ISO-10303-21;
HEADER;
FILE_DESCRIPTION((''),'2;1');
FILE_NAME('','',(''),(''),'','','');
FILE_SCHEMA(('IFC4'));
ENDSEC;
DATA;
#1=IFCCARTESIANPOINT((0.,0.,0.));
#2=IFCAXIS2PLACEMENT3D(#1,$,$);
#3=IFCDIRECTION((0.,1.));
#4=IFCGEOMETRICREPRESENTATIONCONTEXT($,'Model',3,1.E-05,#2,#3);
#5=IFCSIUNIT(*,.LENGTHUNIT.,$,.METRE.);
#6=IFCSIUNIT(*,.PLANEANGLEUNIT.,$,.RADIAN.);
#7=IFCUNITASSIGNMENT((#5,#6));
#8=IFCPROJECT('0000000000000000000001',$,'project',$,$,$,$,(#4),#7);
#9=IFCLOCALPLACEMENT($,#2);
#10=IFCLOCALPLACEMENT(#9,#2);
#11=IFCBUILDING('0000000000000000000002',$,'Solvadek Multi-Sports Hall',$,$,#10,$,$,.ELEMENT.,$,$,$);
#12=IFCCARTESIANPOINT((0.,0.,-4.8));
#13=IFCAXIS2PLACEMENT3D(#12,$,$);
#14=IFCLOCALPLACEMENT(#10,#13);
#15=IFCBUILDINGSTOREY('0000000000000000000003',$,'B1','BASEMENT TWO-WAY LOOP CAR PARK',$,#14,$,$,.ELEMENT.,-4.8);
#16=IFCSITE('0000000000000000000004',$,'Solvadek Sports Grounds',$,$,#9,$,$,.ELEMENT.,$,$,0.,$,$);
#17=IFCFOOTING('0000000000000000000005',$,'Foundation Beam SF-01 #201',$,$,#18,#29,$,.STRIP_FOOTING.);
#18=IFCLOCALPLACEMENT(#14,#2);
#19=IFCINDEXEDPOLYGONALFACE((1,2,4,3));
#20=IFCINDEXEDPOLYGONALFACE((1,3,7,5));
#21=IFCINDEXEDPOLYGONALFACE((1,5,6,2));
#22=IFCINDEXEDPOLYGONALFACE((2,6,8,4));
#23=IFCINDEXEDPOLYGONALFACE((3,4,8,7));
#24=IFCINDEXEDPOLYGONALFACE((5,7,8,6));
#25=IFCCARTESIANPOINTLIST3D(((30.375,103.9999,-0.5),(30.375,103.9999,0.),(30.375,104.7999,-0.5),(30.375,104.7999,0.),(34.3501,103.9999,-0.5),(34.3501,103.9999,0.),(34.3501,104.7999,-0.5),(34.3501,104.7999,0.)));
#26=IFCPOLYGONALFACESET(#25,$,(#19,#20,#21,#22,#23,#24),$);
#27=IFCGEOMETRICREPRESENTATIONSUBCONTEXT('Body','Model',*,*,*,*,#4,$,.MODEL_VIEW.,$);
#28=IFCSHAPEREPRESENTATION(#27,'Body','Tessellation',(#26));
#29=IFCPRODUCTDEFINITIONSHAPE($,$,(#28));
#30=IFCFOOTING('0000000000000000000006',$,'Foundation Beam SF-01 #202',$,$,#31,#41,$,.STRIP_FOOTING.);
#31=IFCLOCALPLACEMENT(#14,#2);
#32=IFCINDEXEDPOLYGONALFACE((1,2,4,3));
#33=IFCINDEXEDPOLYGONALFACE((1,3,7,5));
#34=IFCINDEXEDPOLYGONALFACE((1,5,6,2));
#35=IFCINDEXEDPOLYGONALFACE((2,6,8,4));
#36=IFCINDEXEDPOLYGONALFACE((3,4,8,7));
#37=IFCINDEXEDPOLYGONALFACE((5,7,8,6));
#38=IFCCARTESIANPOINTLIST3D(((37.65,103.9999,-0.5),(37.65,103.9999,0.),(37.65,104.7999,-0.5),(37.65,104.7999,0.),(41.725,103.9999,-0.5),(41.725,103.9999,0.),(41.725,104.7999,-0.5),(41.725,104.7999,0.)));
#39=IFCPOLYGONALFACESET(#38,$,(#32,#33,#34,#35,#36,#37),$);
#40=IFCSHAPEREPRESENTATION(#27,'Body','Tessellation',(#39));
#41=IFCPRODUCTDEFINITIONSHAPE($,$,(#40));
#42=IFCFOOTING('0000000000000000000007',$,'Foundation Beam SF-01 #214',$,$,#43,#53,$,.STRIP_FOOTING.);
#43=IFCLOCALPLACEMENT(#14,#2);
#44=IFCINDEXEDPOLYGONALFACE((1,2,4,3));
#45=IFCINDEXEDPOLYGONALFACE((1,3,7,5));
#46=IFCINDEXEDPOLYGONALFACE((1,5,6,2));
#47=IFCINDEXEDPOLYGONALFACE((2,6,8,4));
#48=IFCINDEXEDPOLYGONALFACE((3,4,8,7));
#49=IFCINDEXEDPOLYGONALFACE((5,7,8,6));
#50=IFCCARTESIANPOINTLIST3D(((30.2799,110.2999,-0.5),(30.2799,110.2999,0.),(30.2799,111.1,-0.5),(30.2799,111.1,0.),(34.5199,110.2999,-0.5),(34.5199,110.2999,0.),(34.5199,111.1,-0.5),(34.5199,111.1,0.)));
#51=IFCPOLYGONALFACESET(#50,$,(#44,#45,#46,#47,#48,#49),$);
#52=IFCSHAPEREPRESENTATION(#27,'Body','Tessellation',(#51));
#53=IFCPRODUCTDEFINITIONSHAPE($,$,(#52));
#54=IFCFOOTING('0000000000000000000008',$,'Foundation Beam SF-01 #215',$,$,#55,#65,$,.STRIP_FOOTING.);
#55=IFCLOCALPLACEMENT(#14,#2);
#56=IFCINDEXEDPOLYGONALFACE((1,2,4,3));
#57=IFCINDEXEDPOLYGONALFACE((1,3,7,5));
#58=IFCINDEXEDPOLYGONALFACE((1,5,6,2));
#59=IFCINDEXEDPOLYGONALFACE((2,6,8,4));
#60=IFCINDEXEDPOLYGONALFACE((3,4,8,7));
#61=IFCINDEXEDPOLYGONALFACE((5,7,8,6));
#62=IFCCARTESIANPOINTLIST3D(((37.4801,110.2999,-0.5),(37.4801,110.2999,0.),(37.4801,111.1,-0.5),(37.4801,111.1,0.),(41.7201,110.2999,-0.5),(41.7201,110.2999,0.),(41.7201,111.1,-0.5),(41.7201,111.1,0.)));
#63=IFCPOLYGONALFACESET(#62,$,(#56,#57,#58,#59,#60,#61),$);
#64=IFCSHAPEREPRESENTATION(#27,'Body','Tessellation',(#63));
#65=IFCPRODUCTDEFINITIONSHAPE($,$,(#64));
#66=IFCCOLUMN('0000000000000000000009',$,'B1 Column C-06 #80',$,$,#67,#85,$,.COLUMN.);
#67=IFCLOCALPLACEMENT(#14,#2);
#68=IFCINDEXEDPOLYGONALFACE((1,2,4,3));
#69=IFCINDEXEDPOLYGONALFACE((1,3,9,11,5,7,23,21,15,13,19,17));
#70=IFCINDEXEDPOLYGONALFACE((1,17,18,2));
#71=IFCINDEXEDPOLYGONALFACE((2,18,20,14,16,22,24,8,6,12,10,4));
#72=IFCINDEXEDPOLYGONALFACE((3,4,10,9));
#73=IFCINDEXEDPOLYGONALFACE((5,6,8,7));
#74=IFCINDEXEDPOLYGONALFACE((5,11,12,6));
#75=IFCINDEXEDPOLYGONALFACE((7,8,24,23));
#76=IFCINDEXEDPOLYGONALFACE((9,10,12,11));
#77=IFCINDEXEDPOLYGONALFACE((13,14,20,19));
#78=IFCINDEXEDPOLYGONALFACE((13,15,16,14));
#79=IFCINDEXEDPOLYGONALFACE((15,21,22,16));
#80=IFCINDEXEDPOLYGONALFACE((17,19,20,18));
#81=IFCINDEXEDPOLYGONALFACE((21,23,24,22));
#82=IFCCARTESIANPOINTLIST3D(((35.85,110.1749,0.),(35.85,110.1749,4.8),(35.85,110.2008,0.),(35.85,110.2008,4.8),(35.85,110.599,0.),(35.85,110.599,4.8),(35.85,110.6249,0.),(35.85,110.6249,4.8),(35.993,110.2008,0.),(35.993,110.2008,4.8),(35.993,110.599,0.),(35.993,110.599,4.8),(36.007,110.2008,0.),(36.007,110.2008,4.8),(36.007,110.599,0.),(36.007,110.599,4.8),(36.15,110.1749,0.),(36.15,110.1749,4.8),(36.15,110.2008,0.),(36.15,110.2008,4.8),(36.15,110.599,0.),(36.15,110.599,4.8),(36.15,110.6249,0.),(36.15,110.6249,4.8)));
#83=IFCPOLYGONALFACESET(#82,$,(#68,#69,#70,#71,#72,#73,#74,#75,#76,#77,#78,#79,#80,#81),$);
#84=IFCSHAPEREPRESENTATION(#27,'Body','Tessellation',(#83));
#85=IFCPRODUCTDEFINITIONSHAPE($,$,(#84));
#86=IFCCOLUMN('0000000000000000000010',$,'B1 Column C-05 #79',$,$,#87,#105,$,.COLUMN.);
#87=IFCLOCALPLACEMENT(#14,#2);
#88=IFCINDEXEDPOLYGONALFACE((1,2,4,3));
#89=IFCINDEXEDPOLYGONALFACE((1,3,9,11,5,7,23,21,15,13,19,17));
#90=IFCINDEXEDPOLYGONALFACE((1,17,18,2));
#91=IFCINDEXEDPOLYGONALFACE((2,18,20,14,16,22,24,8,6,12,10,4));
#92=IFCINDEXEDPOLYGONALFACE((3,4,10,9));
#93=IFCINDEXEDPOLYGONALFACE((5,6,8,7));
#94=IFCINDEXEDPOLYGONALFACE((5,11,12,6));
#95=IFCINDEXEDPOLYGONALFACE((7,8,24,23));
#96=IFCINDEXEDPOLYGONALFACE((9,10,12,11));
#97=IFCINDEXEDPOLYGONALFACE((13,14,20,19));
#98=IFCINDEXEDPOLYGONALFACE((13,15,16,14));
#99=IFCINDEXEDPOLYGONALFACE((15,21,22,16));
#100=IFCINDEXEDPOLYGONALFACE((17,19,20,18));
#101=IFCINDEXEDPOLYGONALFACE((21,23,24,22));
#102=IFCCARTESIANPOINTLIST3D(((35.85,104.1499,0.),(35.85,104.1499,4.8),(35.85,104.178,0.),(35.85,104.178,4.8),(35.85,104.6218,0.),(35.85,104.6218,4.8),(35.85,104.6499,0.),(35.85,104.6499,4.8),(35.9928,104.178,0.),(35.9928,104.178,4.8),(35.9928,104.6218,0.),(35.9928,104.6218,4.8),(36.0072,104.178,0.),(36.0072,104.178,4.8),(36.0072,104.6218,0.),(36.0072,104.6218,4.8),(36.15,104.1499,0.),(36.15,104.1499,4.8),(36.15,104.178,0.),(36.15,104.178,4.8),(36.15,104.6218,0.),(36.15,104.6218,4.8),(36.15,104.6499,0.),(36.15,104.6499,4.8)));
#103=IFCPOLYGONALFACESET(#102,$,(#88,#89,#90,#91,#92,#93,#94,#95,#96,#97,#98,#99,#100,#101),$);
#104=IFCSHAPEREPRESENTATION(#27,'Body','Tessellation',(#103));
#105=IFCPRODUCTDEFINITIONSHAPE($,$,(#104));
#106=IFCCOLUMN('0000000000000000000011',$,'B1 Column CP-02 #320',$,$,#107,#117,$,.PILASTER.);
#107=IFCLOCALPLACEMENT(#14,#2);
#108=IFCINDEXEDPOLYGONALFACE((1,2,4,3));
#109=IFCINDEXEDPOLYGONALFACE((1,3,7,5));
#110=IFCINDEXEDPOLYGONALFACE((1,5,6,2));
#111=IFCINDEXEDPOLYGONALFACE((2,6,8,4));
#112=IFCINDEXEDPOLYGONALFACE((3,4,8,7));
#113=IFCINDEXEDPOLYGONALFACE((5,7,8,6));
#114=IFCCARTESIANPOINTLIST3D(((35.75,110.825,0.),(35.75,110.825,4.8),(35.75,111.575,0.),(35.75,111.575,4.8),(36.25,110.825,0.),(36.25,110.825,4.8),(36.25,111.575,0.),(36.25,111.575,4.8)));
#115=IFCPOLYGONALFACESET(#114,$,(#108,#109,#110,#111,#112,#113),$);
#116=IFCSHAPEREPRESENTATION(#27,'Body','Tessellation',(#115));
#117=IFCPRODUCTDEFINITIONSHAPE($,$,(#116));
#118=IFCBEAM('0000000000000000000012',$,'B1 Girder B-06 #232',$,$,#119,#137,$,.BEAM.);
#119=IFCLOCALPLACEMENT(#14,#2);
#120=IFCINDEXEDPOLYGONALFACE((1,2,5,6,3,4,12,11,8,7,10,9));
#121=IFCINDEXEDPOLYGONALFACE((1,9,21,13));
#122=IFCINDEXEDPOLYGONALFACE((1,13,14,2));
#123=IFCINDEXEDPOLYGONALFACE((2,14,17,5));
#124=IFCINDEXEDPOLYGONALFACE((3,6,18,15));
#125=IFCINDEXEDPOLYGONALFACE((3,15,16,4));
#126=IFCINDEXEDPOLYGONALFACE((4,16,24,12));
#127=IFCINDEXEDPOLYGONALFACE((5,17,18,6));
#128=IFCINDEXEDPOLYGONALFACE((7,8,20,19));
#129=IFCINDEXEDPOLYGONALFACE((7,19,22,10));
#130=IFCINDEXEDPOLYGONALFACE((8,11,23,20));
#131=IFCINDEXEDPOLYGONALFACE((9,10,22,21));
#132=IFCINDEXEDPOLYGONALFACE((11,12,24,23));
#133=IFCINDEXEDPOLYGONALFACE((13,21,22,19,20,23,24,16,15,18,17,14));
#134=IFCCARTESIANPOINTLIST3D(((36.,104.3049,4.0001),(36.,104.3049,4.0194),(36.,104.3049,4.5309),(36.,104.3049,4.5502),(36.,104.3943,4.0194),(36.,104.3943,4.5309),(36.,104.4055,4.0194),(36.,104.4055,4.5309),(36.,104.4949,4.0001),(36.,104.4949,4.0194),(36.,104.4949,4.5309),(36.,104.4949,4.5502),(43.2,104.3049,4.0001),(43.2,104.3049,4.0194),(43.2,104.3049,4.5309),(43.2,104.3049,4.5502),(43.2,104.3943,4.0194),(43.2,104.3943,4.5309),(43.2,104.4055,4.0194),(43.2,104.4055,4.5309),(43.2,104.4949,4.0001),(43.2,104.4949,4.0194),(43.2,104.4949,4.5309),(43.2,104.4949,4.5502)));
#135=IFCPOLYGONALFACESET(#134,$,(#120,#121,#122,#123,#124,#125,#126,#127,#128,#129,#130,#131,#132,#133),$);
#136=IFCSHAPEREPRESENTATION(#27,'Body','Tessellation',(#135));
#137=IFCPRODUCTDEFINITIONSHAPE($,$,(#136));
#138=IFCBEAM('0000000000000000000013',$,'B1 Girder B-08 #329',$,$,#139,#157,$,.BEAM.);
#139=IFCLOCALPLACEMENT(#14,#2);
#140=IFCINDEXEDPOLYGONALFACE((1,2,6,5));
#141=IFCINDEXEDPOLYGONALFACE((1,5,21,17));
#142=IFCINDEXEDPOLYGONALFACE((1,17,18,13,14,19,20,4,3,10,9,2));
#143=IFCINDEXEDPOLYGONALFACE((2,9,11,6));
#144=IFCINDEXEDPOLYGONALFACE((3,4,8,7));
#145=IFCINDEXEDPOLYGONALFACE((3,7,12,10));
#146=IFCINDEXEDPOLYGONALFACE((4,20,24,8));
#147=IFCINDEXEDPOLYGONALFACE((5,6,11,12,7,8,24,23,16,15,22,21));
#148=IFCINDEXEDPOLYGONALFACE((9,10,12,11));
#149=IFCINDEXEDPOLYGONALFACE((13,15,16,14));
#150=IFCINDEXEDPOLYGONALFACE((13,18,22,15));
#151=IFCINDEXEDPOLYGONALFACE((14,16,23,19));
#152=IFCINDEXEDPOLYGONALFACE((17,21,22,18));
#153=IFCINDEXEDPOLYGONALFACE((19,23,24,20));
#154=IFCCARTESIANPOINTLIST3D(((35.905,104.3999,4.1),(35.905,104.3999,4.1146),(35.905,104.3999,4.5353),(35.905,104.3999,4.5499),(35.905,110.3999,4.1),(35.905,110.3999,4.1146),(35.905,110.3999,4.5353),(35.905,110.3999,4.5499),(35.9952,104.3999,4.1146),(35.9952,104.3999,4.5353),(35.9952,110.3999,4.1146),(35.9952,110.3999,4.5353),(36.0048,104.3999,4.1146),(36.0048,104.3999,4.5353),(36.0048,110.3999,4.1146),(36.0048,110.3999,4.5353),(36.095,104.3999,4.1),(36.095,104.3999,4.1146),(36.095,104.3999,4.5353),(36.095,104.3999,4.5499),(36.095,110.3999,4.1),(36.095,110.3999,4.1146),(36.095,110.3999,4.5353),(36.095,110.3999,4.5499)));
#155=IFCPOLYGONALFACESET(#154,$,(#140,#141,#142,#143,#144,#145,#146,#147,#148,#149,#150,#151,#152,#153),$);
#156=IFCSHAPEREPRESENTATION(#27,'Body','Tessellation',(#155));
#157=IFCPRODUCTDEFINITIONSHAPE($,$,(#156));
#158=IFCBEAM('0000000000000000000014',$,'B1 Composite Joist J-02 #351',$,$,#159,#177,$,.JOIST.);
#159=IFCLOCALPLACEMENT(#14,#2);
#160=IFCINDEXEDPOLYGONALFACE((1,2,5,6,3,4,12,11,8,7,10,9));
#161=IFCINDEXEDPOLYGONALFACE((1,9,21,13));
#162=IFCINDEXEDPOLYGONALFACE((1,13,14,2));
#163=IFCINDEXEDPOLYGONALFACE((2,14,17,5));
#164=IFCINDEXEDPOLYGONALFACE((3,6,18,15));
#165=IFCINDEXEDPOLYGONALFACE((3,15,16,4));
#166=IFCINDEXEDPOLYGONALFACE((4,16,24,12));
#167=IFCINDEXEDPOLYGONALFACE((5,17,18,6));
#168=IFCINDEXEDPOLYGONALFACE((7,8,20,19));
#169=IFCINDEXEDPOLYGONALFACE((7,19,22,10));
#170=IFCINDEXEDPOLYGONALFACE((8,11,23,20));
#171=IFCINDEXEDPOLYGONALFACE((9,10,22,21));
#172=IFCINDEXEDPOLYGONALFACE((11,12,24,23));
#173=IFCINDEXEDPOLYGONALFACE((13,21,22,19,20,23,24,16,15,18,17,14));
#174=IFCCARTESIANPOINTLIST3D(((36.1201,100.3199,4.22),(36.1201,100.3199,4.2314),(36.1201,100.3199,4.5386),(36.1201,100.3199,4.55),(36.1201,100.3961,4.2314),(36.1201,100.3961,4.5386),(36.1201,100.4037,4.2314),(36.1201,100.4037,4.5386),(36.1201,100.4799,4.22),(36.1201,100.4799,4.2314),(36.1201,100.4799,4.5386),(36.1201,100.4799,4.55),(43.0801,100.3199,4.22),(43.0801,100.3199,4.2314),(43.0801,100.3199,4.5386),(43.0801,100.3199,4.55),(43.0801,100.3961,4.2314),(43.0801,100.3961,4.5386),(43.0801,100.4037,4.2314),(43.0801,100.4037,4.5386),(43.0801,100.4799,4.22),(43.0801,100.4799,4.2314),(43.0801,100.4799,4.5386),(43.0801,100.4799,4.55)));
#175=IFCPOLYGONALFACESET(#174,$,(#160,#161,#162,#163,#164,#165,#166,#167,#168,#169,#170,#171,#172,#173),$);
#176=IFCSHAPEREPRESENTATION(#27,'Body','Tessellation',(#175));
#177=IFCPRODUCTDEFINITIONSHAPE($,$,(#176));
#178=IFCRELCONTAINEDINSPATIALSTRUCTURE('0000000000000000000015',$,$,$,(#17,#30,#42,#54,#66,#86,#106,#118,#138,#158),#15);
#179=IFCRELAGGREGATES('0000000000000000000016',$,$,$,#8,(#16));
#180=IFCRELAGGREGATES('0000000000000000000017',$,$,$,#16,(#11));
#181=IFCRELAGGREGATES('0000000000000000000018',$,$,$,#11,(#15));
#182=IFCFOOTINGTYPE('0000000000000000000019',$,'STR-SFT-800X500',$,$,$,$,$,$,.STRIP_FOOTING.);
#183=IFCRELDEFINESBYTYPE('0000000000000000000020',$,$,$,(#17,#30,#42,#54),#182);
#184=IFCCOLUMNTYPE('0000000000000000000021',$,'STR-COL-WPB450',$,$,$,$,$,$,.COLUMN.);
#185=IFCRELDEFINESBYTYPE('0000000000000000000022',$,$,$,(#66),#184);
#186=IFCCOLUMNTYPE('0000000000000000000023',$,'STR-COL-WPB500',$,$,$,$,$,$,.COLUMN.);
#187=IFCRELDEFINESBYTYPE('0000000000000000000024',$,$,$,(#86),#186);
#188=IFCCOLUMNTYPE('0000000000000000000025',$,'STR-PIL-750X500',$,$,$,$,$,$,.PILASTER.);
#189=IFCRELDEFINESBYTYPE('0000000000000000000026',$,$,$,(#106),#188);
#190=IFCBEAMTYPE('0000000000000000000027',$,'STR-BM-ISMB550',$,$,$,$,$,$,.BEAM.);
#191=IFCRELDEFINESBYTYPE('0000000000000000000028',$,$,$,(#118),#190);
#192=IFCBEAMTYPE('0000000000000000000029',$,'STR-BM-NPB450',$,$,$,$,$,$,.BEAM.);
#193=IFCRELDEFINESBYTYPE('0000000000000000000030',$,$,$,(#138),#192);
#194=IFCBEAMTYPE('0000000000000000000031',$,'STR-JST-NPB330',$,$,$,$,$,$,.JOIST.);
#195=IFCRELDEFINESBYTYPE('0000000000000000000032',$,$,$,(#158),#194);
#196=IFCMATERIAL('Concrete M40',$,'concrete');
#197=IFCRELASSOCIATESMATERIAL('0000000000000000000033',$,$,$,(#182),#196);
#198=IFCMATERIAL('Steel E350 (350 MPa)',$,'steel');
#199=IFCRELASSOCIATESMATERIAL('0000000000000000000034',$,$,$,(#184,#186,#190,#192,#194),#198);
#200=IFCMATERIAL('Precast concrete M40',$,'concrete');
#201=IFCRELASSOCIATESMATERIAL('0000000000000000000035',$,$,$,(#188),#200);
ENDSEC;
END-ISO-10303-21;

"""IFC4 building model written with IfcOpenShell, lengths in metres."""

from ifc_helpers import new_model, si_unit, direction, frame, origin, origin_2d, place, context, subcontext, project, spatial, rectangle, i_section, extrude, material, material_profile, profile_set, type_object, element, save


model = new_model("IFC4")

# Units and contexts
model_context = context("Model", 3, precision=1e-05, world=origin(), true_north=direction((0.0, 1.0)))
body_context = subcontext(model_context, "Body", "Model", "MODEL_VIEW")
ifc_project = project(units=[si_unit("LENGTHUNIT", "METRE"), si_unit("PLANEANGLEUNIT", "RADIAN")], contexts=[model_context])

# Site, building, storey
site_placement = place(None, origin())
site = spatial("IfcSite", under=ifc_project, at=site_placement, Name="Solvadek Sports Grounds", CompositionType="ELEMENT", RefElevation=0.0)
building_placement = place(site_placement, origin())
building = spatial("IfcBuilding", under=site, at=building_placement, Name="Solvadek Multi-Sports Hall", CompositionType="ELEMENT")
storey_placement = place(building_placement, frame((0.0, 0.0, -4.8)))
storey = spatial("IfcBuildingStorey", under=building, at=storey_placement, Name="B1", Description="BASEMENT TWO-WAY LOOP CAR PARK", CompositionType="ELEMENT", Elevation=-4.8)

# Shared definitions
ifc_material_1 = material(Name="Concrete M40", Category="concrete")

# Footings
footing_type_1 = type_object("IfcFootingType", Name="STR-SFT-800X500", PredefinedType="STRIP_FOOTING", material=ifc_material_1)
footing_1_placement = place(storey_placement, frame((32.3625, 104.3999, -0.5), z_axis=(0.0, 0.0, 1.0), x_axis=(1.0, 0.0, 0.0)))
element("IfcFooting", 1, at=footing_1_placement, inside=storey, type_object=footing_type_1, Name="Foundation Beam SF-01 #201", PredefinedType="STRIP_FOOTING", context=body_context, shape_type="SweptSolid", body=[
    extrude(rectangle(XDim=3.9751, YDim=0.8, at=origin_2d()), origin(), (0.0, 0.0, 1.0), 0.5),
])
footing_2_placement = place(storey_placement, frame((39.6875, 104.3999, -0.5), z_axis=(0.0, 0.0, 1.0), x_axis=(1.0, 0.0, 0.0)))
element("IfcFooting", 2, at=footing_2_placement, inside=storey, type_object=footing_type_1, Name="Foundation Beam SF-01 #202", PredefinedType="STRIP_FOOTING", context=body_context, shape_type="SweptSolid", body=[
    extrude(rectangle(XDim=4.075, YDim=0.8, at=origin_2d()), origin(), (0.0, 0.0, 1.0), 0.5),
])
for number, where, z_axis, x_axis, name in (
    (3, (32.3999, 110.7, -0.5), (0.0, 0.0, 1.0), (1.0, 0.0, 0.0), "Foundation Beam SF-01 #214"),
    (4, (39.6001, 110.7, -0.5), (0.0, 0.0, 1.0), (1.0, 0.0, 0.0), "Foundation Beam SF-01 #215"),
):
    element("IfcFooting", number, at=place(storey_placement, frame(where, z_axis=z_axis, x_axis=x_axis)), inside=storey, type_object=footing_type_1, Name=name, PredefinedType="STRIP_FOOTING", context=body_context, shape_type="SweptSolid", body=[
        extrude(rectangle(XDim=4.24, YDim=0.8, at=origin_2d()), origin(), (0.0, 0.0, 1.0), 0.5),
    ])

# Columns
ifc_material_2 = material(Name="Steel E350 (350 MPa)", Category="steel")
ifc_material_profile_1 = material_profile(ifc_material_2, i_section(OverallWidth=0.3, OverallDepth=0.45, WebThickness=0.0139, FlangeThickness=0.0259, at=origin_2d()), Name="WPB 450")
ifc_profile_set_1 = profile_set([ifc_material_profile_1], Name="Steel E350 (350 MPa)")
column_type_1 = type_object("IfcColumnType", Name="STR-COL-WPB450", PredefinedType="COLUMN", material=ifc_profile_set_1)
column_1_placement = place(storey_placement, frame((36.0, 110.3999, 0.0), z_axis=(0.0, 0.0, 1.0), x_axis=(1.0, 0.0, 0.0)))
element("IfcColumn", 5, at=column_1_placement, inside=storey, type_object=column_type_1, Name="B1 Column C-06 #80", PredefinedType="COLUMN", context=body_context, shape_type="SweptSolid", body=[
    extrude(i_section(OverallWidth=0.3, OverallDepth=0.45, WebThickness=0.0139, FlangeThickness=0.0259, at=origin_2d()), origin(), (0.0, 0.0, 1.0), 4.8),
])
ifc_material_profile_2 = material_profile(ifc_material_2, i_section(OverallWidth=0.3, OverallDepth=0.5, WebThickness=0.0144, FlangeThickness=0.0281, at=origin_2d()), Name="WPB 500")
ifc_profile_set_2 = profile_set([ifc_material_profile_2], Name="Steel E350 (350 MPa)")
column_type_2 = type_object("IfcColumnType", Name="STR-COL-WPB500", PredefinedType="COLUMN", material=ifc_profile_set_2)
column_2_placement = place(storey_placement, frame((36.0, 104.3999, 0.0), z_axis=(0.0, 0.0, 1.0), x_axis=(1.0, 0.0, 0.0)))
element("IfcColumn", 6, at=column_2_placement, inside=storey, type_object=column_type_2, Name="B1 Column C-05 #79", PredefinedType="COLUMN", context=body_context, shape_type="SweptSolid", body=[
    extrude(i_section(OverallWidth=0.3, OverallDepth=0.5, WebThickness=0.0144, FlangeThickness=0.0281, at=origin_2d()), origin(), (0.0, 0.0, 1.0), 4.8),
])
ifc_material_3 = material(Name="Precast concrete M40", Category="concrete")
ifc_material_profile_3 = material_profile(ifc_material_3, rectangle(XDim=0.5, YDim=0.75, at=origin_2d()), Name="RC PILASTER 750x500")
ifc_profile_set_3 = profile_set([ifc_material_profile_3], Name="Precast concrete M40")
column_type_3 = type_object("IfcColumnType", Name="STR-PIL-750X500", PredefinedType="PILASTER", material=ifc_profile_set_3)
column_3_placement = place(storey_placement, frame((36.0, 111.2, 0.0), z_axis=(0.0, 0.0, 1.0), x_axis=(1.0, 0.0, 0.0)))
element("IfcColumn", 7, at=column_3_placement, inside=storey, type_object=column_type_3, Name="B1 Column CP-02 #320", PredefinedType="PILASTER", context=body_context, shape_type="SweptSolid", body=[
    extrude(rectangle(XDim=0.5, YDim=0.75, at=origin_2d()), origin(), (0.0, 0.0, 1.0), 4.8),
])

# Beams
ifc_material_profile_4 = material_profile(ifc_material_2, i_section(OverallWidth=0.1899, OverallDepth=0.55, WebThickness=0.0112, FlangeThickness=0.0193, at=origin_2d()), Name="ISMB 550")
ifc_profile_set_4 = profile_set([ifc_material_profile_4], Name="Steel E350 (350 MPa)")
beam_type_1 = type_object("IfcBeamType", Name="STR-BM-ISMB550", PredefinedType="BEAM", material=ifc_profile_set_4)
beam_1_placement = place(storey_placement, frame((36.0, 104.3999, 4.2751), z_axis=(1.0, 0.0, 0.0), x_axis=(0.0, 1.0, 0.0)))
element("IfcBeam", 8, at=beam_1_placement, inside=storey, type_object=beam_type_1, Name="B1 Girder B-06 #232", PredefinedType="BEAM", context=body_context, shape_type="SweptSolid", body=[
    extrude(i_section(OverallWidth=0.1899, OverallDepth=0.55, WebThickness=0.0112, FlangeThickness=0.0193, at=origin_2d()), origin(), (0.0, 0.0, 1.0), 7.2),
])
ifc_material_profile_5 = material_profile(ifc_material_2, i_section(OverallWidth=0.1899, OverallDepth=0.45, WebThickness=0.0095, FlangeThickness=0.0146, at=origin_2d()), Name="NPB 450")
ifc_profile_set_5 = profile_set([ifc_material_profile_5], Name="Steel E350 (350 MPa)")
beam_type_2 = type_object("IfcBeamType", Name="STR-BM-NPB450", PredefinedType="BEAM", material=ifc_profile_set_5)
beam_2_placement = place(storey_placement, frame((36.0, 104.3999, 4.325), z_axis=(0.0, 1.0, 0.0), x_axis=(-1.0, 0.0, 0.0)))
element("IfcBeam", 9, at=beam_2_placement, inside=storey, type_object=beam_type_2, Name="B1 Girder B-08 #329", PredefinedType="BEAM", context=body_context, shape_type="SweptSolid", body=[
    extrude(i_section(OverallWidth=0.1899, OverallDepth=0.45, WebThickness=0.0095, FlangeThickness=0.0146, at=origin_2d()), origin(), (0.0, 0.0, 1.0), 6.0),
])
ifc_material_profile_6 = material_profile(ifc_material_2, i_section(OverallWidth=0.1599, OverallDepth=0.3301, WebThickness=0.0076, FlangeThickness=0.0115, at=origin_2d()), Name="NPB 330")
ifc_profile_set_6 = profile_set([ifc_material_profile_6], Name="Steel E350 (350 MPa)")
beam_type_3 = type_object("IfcBeamType", Name="STR-JST-NPB330", PredefinedType="JOIST", material=ifc_profile_set_6)
beam_3_placement = place(storey_placement, frame((36.1201, 100.3999, 4.385), z_axis=(1.0, 0.0, 0.0), x_axis=(0.0, 1.0, 0.0)))
element("IfcBeam", 10, at=beam_3_placement, inside=storey, type_object=beam_type_3, Name="B1 Composite Joist J-02 #351", PredefinedType="JOIST", context=body_context, shape_type="SweptSolid", body=[
    extrude(i_section(OverallWidth=0.1599, OverallDepth=0.3301, WebThickness=0.0076, FlangeThickness=0.0115, at=origin_2d()), origin(), (0.0, 0.0, 1.0), 6.96),
])

save(model, "model.ifc")
